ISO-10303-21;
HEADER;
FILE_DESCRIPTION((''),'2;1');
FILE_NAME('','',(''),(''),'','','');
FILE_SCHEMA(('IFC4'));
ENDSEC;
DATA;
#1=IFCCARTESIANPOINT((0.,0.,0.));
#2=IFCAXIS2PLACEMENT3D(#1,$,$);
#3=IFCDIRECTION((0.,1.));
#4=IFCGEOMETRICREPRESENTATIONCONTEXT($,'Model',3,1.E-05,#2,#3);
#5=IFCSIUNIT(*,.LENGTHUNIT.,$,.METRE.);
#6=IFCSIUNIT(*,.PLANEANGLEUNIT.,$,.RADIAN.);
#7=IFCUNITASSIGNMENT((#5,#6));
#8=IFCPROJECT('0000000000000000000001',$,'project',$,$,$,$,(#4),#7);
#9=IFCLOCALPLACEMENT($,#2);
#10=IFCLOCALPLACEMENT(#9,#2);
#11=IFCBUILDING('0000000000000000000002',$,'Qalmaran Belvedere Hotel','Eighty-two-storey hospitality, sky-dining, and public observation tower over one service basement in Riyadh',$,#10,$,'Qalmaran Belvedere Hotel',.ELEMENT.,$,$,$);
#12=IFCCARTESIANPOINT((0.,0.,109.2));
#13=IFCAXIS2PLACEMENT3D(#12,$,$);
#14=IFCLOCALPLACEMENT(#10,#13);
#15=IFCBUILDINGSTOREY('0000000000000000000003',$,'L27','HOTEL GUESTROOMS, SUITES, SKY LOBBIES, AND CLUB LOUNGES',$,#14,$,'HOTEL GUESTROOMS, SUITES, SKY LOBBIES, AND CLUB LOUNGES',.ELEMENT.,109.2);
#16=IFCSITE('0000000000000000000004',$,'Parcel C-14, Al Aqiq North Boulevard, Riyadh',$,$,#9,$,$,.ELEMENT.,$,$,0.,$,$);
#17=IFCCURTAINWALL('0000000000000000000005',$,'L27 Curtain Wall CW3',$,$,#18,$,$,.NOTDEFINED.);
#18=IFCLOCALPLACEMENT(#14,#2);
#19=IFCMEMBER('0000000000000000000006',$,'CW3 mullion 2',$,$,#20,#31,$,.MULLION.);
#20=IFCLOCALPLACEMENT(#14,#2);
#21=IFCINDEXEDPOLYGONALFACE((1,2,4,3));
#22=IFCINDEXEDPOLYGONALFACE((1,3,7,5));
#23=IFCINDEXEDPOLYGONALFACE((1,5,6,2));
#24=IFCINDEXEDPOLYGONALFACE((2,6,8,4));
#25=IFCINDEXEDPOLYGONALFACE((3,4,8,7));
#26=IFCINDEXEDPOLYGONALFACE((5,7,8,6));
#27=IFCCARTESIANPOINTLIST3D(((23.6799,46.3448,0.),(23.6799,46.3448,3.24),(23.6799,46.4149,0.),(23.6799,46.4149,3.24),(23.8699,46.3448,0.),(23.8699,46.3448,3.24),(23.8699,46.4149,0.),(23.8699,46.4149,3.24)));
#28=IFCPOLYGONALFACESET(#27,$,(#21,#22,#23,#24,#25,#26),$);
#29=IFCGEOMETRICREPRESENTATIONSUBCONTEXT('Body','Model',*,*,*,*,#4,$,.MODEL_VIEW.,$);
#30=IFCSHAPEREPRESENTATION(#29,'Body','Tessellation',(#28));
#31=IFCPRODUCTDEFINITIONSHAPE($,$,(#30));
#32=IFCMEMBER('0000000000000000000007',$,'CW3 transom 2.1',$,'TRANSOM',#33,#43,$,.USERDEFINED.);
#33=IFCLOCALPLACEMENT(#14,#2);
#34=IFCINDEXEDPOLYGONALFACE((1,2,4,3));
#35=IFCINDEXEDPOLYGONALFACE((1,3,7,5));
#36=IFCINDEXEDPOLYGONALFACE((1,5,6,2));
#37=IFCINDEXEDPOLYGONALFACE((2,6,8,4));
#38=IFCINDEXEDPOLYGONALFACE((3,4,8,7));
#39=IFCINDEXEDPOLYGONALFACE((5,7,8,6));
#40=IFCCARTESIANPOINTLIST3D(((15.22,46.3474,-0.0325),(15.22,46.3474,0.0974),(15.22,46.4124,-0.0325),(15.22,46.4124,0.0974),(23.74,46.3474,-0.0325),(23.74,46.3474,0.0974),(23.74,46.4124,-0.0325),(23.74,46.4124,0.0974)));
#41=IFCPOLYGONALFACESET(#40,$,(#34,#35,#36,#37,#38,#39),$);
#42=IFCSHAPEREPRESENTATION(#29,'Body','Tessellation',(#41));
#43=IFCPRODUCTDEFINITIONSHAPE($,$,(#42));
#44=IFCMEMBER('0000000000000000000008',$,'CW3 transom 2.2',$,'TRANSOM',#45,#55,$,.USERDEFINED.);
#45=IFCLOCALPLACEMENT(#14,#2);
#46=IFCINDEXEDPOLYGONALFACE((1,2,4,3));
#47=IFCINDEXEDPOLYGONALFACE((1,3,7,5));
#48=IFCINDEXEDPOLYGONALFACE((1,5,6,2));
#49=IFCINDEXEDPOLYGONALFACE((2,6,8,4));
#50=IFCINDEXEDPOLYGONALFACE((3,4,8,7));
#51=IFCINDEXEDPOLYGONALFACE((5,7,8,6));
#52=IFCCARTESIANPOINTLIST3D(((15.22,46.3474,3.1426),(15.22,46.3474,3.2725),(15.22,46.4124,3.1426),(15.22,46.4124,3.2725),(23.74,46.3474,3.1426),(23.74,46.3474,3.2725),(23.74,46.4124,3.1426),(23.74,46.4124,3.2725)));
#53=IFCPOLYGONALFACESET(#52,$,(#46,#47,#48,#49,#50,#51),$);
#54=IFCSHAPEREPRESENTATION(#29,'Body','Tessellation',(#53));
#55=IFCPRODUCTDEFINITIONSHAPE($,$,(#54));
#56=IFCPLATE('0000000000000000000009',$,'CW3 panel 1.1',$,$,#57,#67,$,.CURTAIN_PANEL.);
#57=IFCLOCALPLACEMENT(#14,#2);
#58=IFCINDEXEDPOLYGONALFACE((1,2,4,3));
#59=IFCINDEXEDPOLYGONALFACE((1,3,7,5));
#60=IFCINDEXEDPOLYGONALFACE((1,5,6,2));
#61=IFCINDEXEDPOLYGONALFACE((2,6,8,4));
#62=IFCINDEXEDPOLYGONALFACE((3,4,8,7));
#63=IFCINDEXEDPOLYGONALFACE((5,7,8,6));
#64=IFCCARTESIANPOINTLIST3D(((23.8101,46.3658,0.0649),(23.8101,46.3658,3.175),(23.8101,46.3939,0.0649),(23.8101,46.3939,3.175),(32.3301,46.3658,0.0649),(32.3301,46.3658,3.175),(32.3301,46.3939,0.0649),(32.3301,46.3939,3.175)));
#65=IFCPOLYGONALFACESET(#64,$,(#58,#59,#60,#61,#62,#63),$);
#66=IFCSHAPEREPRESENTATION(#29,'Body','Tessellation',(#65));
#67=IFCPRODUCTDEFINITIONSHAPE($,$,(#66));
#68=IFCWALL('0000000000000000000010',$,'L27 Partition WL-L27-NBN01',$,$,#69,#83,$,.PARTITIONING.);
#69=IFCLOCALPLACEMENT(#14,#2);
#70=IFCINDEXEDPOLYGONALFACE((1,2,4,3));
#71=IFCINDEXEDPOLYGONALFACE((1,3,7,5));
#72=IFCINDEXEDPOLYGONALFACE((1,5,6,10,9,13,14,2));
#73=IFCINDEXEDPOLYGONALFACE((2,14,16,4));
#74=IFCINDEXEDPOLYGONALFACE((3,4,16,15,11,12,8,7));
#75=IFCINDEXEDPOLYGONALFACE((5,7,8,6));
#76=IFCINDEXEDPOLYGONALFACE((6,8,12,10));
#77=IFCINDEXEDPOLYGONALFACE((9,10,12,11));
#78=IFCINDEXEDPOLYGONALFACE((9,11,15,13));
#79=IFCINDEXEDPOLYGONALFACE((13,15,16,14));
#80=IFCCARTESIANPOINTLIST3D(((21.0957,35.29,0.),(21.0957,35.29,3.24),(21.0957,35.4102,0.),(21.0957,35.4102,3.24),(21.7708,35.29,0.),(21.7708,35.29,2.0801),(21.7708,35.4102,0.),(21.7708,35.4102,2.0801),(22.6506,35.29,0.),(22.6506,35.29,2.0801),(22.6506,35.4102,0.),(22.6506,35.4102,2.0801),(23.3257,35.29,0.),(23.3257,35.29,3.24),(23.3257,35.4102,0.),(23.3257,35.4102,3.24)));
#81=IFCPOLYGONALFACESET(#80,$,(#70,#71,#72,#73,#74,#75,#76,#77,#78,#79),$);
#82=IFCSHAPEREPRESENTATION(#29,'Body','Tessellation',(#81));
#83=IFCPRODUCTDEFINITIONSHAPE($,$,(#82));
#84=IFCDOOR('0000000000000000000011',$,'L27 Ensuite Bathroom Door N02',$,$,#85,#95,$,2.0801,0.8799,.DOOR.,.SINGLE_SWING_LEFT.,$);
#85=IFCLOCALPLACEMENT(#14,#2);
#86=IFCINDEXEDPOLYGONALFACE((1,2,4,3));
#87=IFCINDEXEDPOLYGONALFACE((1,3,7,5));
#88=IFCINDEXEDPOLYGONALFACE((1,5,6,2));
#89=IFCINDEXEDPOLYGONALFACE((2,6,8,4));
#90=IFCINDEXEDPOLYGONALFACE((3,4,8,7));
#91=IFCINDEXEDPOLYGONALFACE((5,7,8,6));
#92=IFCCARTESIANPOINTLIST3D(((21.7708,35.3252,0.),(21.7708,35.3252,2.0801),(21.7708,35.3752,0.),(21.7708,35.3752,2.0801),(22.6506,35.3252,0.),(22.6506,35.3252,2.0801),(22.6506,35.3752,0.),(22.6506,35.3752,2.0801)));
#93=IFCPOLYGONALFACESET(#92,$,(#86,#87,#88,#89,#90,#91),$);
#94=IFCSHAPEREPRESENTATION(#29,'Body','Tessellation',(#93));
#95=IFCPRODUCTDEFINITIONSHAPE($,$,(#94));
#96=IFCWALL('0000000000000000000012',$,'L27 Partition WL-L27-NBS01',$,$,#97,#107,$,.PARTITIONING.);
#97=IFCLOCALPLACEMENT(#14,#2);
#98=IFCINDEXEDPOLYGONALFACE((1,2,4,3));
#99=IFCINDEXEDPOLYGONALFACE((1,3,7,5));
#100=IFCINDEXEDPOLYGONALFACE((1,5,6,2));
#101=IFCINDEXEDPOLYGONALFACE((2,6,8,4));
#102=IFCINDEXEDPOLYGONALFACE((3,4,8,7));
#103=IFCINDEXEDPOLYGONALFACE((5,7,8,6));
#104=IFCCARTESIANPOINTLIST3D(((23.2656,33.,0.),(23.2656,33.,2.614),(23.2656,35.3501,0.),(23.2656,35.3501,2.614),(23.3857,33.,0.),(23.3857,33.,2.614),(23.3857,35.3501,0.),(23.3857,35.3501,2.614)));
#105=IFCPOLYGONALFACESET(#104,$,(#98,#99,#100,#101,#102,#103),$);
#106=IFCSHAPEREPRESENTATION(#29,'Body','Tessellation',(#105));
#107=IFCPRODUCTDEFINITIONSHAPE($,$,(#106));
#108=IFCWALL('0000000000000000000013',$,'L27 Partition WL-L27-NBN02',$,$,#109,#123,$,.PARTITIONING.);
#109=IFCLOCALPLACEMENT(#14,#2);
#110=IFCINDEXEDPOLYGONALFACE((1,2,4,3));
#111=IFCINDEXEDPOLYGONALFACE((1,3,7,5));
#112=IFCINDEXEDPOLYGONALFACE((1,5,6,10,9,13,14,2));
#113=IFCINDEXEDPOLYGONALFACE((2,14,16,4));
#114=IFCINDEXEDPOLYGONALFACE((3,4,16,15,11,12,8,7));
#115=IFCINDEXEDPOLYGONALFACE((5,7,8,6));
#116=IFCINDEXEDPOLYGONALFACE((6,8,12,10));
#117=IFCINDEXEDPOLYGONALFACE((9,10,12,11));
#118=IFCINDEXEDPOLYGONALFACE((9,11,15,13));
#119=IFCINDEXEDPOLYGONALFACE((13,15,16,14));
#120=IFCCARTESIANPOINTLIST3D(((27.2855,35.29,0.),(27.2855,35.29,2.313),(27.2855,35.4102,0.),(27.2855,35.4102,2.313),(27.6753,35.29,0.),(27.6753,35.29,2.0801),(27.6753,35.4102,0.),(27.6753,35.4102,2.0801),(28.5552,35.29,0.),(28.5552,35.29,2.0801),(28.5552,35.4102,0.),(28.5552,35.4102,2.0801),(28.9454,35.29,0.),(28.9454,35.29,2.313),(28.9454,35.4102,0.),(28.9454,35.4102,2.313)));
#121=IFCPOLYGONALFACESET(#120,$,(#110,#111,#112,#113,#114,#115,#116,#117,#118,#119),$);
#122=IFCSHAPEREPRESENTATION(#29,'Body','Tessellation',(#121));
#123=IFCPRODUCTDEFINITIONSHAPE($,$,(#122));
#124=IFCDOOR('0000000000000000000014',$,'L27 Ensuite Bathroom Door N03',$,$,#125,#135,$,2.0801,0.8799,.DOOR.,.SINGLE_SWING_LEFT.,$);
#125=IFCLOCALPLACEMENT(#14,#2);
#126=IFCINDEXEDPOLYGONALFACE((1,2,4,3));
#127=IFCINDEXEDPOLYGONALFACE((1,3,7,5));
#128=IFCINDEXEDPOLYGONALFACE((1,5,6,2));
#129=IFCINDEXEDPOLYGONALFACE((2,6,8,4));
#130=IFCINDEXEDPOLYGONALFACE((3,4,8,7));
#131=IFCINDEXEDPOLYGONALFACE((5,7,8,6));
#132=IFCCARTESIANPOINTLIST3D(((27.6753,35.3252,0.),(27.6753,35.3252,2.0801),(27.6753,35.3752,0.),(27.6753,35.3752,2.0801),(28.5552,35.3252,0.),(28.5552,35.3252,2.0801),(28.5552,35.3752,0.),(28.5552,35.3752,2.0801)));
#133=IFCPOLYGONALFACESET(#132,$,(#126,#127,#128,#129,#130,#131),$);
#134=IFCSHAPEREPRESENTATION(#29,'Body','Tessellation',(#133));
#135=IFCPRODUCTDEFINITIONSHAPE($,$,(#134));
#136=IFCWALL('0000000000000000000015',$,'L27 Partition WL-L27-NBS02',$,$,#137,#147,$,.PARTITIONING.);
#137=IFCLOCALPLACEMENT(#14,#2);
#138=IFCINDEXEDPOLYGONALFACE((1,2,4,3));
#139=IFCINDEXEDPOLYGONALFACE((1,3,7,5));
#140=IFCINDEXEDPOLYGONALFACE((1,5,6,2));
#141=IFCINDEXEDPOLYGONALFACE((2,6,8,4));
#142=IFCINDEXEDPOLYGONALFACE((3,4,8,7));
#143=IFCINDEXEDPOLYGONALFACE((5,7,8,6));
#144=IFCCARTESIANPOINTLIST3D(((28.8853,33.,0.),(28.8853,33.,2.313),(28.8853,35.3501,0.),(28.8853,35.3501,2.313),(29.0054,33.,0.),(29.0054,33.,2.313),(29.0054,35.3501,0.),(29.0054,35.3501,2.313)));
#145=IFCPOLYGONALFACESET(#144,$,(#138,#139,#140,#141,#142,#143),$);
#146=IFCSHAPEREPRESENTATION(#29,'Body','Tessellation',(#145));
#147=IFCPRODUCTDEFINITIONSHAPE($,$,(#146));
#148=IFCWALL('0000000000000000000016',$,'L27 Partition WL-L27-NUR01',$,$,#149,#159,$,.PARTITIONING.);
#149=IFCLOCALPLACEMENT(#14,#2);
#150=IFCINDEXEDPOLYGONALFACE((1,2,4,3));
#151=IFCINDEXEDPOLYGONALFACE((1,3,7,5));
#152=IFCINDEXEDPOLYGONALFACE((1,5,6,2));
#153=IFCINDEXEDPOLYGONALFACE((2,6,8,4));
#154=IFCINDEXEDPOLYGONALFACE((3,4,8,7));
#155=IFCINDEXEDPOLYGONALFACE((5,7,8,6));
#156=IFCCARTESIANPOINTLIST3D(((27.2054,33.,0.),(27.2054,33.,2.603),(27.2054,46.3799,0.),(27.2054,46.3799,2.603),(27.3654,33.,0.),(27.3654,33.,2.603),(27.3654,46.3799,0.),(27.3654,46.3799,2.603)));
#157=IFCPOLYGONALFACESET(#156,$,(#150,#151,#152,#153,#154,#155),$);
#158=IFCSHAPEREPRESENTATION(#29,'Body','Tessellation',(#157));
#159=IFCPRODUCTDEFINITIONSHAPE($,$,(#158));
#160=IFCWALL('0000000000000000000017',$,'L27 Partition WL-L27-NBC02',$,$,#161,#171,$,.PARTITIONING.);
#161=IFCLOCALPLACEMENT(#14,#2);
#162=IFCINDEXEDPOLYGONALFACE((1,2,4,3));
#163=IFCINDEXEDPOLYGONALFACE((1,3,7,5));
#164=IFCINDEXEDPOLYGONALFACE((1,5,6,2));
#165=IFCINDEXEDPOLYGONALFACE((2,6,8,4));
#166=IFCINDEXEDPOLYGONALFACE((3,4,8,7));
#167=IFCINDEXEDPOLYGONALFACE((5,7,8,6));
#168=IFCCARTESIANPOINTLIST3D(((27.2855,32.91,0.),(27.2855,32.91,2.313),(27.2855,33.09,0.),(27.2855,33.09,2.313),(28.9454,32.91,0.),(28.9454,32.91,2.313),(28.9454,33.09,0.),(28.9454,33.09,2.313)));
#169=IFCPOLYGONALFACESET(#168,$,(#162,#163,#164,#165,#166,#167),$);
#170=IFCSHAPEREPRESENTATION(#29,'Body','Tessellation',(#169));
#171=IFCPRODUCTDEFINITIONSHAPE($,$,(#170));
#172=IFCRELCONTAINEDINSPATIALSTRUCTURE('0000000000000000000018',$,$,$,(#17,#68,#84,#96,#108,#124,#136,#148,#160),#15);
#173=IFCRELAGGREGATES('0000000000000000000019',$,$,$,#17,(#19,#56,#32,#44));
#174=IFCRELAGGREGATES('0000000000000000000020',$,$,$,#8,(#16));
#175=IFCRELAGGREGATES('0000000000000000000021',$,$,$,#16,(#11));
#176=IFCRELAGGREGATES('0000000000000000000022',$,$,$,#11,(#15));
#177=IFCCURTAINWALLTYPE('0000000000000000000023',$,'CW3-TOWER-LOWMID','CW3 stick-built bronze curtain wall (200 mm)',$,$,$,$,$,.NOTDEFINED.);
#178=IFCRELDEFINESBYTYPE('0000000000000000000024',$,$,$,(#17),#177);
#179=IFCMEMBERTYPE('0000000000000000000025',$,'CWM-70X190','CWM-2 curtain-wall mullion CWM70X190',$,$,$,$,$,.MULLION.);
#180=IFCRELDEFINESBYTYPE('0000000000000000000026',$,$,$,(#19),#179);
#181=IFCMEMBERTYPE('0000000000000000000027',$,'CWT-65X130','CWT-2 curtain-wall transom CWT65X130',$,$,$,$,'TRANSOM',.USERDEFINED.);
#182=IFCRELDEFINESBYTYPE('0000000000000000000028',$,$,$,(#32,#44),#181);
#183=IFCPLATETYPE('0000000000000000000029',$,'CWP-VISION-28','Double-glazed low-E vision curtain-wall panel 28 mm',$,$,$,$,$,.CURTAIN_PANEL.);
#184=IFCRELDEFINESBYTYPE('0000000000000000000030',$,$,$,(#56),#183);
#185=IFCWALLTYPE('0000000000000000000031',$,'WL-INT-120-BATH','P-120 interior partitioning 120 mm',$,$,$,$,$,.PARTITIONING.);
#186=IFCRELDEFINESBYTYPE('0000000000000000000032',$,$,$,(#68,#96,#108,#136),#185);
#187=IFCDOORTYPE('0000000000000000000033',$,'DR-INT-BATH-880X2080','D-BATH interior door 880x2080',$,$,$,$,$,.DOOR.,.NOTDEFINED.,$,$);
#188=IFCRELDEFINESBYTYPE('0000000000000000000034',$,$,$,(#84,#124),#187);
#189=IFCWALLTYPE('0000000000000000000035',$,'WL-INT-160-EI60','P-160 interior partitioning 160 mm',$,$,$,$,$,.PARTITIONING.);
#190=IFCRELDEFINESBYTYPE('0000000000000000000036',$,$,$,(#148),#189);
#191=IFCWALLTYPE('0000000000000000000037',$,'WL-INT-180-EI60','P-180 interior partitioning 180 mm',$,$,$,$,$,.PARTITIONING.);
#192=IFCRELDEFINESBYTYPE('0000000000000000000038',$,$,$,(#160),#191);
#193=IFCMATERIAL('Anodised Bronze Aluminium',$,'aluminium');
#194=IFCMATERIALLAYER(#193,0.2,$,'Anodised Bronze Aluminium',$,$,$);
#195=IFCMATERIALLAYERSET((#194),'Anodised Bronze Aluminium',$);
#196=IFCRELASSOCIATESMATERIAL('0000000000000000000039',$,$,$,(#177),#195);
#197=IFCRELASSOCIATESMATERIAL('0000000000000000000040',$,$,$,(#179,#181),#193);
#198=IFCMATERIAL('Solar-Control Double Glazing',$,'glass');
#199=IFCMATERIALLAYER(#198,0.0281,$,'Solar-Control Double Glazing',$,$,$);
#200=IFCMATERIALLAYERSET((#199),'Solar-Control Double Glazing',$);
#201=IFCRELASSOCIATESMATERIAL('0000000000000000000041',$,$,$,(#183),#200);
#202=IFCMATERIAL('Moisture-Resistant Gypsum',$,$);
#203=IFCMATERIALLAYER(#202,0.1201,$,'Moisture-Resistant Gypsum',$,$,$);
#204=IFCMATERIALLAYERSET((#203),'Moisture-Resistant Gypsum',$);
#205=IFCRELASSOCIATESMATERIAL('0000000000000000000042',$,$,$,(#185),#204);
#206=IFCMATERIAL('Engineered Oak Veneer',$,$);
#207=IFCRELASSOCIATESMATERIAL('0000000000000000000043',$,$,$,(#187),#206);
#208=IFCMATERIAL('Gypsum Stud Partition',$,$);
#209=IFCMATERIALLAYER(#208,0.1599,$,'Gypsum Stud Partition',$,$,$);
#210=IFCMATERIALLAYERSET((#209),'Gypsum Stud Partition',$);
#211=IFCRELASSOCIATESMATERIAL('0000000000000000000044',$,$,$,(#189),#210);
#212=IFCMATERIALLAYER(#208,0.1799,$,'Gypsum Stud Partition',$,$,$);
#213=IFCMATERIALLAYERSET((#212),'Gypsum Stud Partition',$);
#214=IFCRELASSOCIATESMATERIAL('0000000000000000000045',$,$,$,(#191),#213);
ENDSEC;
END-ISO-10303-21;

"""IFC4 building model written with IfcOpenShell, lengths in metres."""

from ifc_helpers import new_model, si_unit, direction, frame, frame_2d, origin, origin_2d, place, context, subcontext, project, spatial, rectangle, extrude, material, layer, layer_set, material_profile, profile_set, type_object, element, fill, aggregate, save


model = new_model("IFC4")

# Units and contexts
model_context = context("Model", 3, precision=1e-05, world=origin(), true_north=direction((0.0, 1.0)))
body_context = subcontext(model_context, "Body", "Model", "MODEL_VIEW")
ifc_project = project(units=[si_unit("LENGTHUNIT", "METRE"), si_unit("PLANEANGLEUNIT", "RADIAN")], contexts=[model_context])

# Site, building, storey
site_placement = place(None, origin())
site = spatial("IfcSite", under=ifc_project, at=site_placement, Name="Parcel C-14, Al Aqiq North Boulevard, Riyadh", CompositionType="ELEMENT", RefElevation=0.0)
building_placement = place(site_placement, origin())
building = spatial("IfcBuilding", under=site, at=building_placement, Name="Qalmaran Belvedere Hotel", Description="Eighty-two-storey hospitality, sky-dining, and public observation tower over one service basement in Riyadh", LongName="Qalmaran Belvedere Hotel", CompositionType="ELEMENT")
storey_placement = place(building_placement, frame((0.0, 0.0, 109.2)))
storey = spatial("IfcBuildingStorey", under=building, at=storey_placement, Name="L27", Description="HOTEL GUESTROOMS, SUITES, SKY LOBBIES, AND CLUB LOUNGES", LongName="HOTEL GUESTROOMS, SUITES, SKY LOBBIES, AND CLUB LOUNGES", CompositionType="ELEMENT", Elevation=109.2)

# Curtain wall, members, plate
ifc_material_1 = material(Name="Anodised Bronze Aluminium", Category="aluminium")
ifc_layer_1 = layer(ifc_material_1, 0.2, Name="Anodised Bronze Aluminium")
ifc_layer_set_1 = layer_set([ifc_layer_1], Name="Anodised Bronze Aluminium")
curtain_wall_type = type_object("IfcCurtainWallType", Name="CW3-TOWER-LOWMID", Description="CW3 stick-built bronze curtain wall (200 mm)", PredefinedType="NOTDEFINED", material=ifc_layer_set_1)
curtain_wall_placement = place(storey_placement, origin())
curtain_wall = element("IfcCurtainWall", 1, at=curtain_wall_placement, inside=storey, type_object=curtain_wall_type, Name="L27 Curtain Wall CW3", PredefinedType="NOTDEFINED")
ifc_material_profile_1 = material_profile(ifc_material_1, rectangle(XDim=0.0701, YDim=0.1899, at=origin_2d()), Name="CWM70X190")
ifc_profile_set_1 = profile_set([ifc_material_profile_1], Name="Anodised Bronze Aluminium")
member_type_1 = type_object("IfcMemberType", Name="CWM-70X190", Description="CWM-2 curtain-wall mullion CWM70X190", PredefinedType="MULLION", material=ifc_profile_set_1)
member_1_placement = place(storey_placement, frame((23.7749, 46.3799, 0.0), z_axis=(0.0, 0.0, 1.0), x_axis=(0.0, -1.0, 0.0)))
member_1 = element("IfcMember", 2, at=member_1_placement, type_object=member_type_1, Name="CW3 mullion 2", PredefinedType="MULLION", context=body_context, shape_type="SweptSolid", body=[
    extrude(rectangle(XDim=0.0701, YDim=0.1899, at=origin_2d()), origin(), (0.0, 0.0, 1.0), 3.24),
])
ifc_material_profile_2 = material_profile(ifc_material_1, rectangle(XDim=0.0649, YDim=0.1299, at=origin_2d()), Name="CWT65X130")
ifc_profile_set_2 = profile_set([ifc_material_profile_2], Name="Anodised Bronze Aluminium")
member_type_2 = type_object("IfcMemberType", Name="CWT-65X130", Description="CWT-2 curtain-wall transom CWT65X130", ElementType="TRANSOM", PredefinedType="USERDEFINED", material=ifc_profile_set_2)
member_2_placement = place(storey_placement, frame((23.74, 46.3799, 0.0325), z_axis=(-1.0, 0.0, 0.0), x_axis=(0.0, -1.0, 0.0)))
member_2 = element("IfcMember", 3, at=member_2_placement, type_object=member_type_2, Name="CW3 transom 2.1", ObjectType="TRANSOM", PredefinedType="USERDEFINED", context=body_context, shape_type="SweptSolid", body=[
    extrude(rectangle(XDim=0.0649, YDim=0.1299, at=origin_2d()), origin(), (0.0, 0.0, 1.0), 8.52),
])
member_3_placement = place(storey_placement, frame((23.74, 46.3799, 3.2075), z_axis=(-1.0, 0.0, 0.0), x_axis=(0.0, -1.0, 0.0)))
member_3 = element("IfcMember", 4, at=member_3_placement, type_object=member_type_2, Name="CW3 transom 2.2", ObjectType="TRANSOM", PredefinedType="USERDEFINED", context=body_context, shape_type="SweptSolid", body=[
    extrude(rectangle(XDim=0.0649, YDim=0.1299, at=origin_2d()), origin(), (0.0, 0.0, 1.0), 8.52),
])
ifc_material_2 = material(Name="Solar-Control Double Glazing", Category="glass")
ifc_layer_2 = layer(ifc_material_2, 0.0281, Name="Solar-Control Double Glazing")
ifc_layer_set_2 = layer_set([ifc_layer_2], Name="Solar-Control Double Glazing")
plate_type = type_object("IfcPlateType", Name="CWP-VISION-28", Description="Double-glazed low-E vision curtain-wall panel 28 mm", PredefinedType="CURTAIN_PANEL", material=ifc_layer_set_2)
plate_placement = place(storey_placement, frame((28.0701, 46.3799, 0.0649), z_axis=(0.0, 0.0, 1.0), x_axis=(-1.0, 0.0, 0.0)))
plate = element("IfcPlate", 5, at=plate_placement, type_object=plate_type, Name="CW3 panel 1.1", PredefinedType="CURTAIN_PANEL", context=body_context, shape_type="SweptSolid", body=[
    extrude(rectangle(XDim=8.52, YDim=0.0281, at=origin_2d()), origin(), (0.0, 0.0, 1.0), 3.1101),
])
aggregate(curtain_wall, [member_1, plate, member_2, member_3])

# Wall, opening, door
ifc_material_3 = material(Name="Moisture-Resistant Gypsum")
ifc_layer_3 = layer(ifc_material_3, 0.1201, Name="Moisture-Resistant Gypsum")
ifc_layer_set_3 = layer_set([ifc_layer_3], Name="Moisture-Resistant Gypsum")
wall_type_1 = type_object("IfcWallType", Name="WL-INT-120-BATH", Description="P-120 interior partitioning 120 mm", PredefinedType="PARTITIONING", material=ifc_layer_set_3)
wall_1_placement = place(storey_placement, frame((21.0957, 35.3501, 0.0), z_axis=(0.0, 0.0, 1.0), x_axis=(1.0, 0.0, 0.0)))
wall_1 = element("IfcWall", 6, at=wall_1_placement, inside=storey, type_object=wall_type_1, Name="L27 Partition WL-L27-NBN01", PredefinedType="PARTITIONING", context=body_context, shape_type="SweptSolid", body=[
    extrude(rectangle(XDim=2.23, YDim=0.1201, at=frame_2d((1.115, 0.0))), origin(), (0.0, 0.0, 1.0), 3.24),
])
opening_1_placement = place(wall_1_placement, frame((1.5549, 0.0, 0.0), z_axis=(0.0, 0.0, 1.0), x_axis=(-1.0, 0.0, 0.0)))
opening_1 = element("IfcOpeningElement", 7, at=opening_1_placement, cuts=wall_1, PredefinedType="OPENING", context=body_context, shape_type="SweptSolid", body=[
    extrude(rectangle(XDim=0.8799, YDim=2.0801, at=frame_2d((0.4399, 1.04))), frame((0.0, 0.0701, 0.0), z_axis=(0.0, -1.0, 0.0), x_axis=(1.0, 0.0, 0.0)), (0.0, 0.0, 1.0), 0.1401),
])
ifc_material_4 = material(Name="Engineered Oak Veneer")
door_type_1 = type_object("IfcDoorType", Name="DR-INT-BATH-880X2080", Description="D-BATH interior door 880x2080", OperationType="NOTDEFINED", PredefinedType="DOOR", material=ifc_material_4)
door_1_placement = place(opening_1_placement, origin())
door_1 = element("IfcDoor", 8, at=door_1_placement, inside=storey, type_object=door_type_1, Name="L27 Ensuite Bathroom Door N02", OperationType="SINGLE_SWING_LEFT", OverallHeight=2.0801, OverallWidth=0.8799, PredefinedType="DOOR", context=body_context, shape_type="SweptSolid", body=[
    extrude(rectangle(XDim=0.8799, YDim=2.0801, at=frame_2d((0.4399, 1.04))), frame((0.0, 0.0249, 0.0), z_axis=(0.0, -1.0, 0.0), x_axis=(1.0, 0.0, 0.0)), (0.0, 0.0, 1.0), 0.05),
])
fill(opening_1, door_1)

# Wall
wall_2_placement = place(storey_placement, frame((23.3257, 33.0, 0.0), z_axis=(0.0, 0.0, 1.0), x_axis=(0.0, 1.0, 0.0)))
element("IfcWall", 9, at=wall_2_placement, inside=storey, type_object=wall_type_1, Name="L27 Partition WL-L27-NBS01", PredefinedType="PARTITIONING", context=body_context, shape_type="SweptSolid", body=[
    extrude(rectangle(XDim=2.3501, YDim=0.1201, at=frame_2d((1.175, 0.0))), origin(), (0.0, 0.0, 1.0), 2.614),
])

# Wall, opening, door
wall_3_placement = place(storey_placement, frame((27.2854, 35.3501, 0.0), z_axis=(0.0, 0.0, 1.0), x_axis=(1.0, 0.0, 0.0)))
wall_3 = element("IfcWall", 10, at=wall_3_placement, inside=storey, type_object=wall_type_1, Name="L27 Partition WL-L27-NBN02", PredefinedType="PARTITIONING", context=body_context, shape_type="SweptSolid", body=[
    extrude(rectangle(XDim=1.6599, YDim=0.1201, at=frame_2d((0.8301, 0.0))), origin(), (0.0, 0.0, 1.0), 2.313),
])
opening_2_placement = place(wall_3_placement, frame((1.2698, 0.0, 0.0), z_axis=(0.0, 0.0, 1.0), x_axis=(-1.0, 0.0, 0.0)))
opening_2 = element("IfcOpeningElement", 11, at=opening_2_placement, cuts=wall_3, PredefinedType="OPENING", context=body_context, shape_type="SweptSolid", body=[
    extrude(rectangle(XDim=0.8799, YDim=2.0801, at=frame_2d((0.4399, 1.04))), frame((0.0, 0.0701, 0.0), z_axis=(0.0, -1.0, 0.0), x_axis=(1.0, 0.0, 0.0)), (0.0, 0.0, 1.0), 0.1401),
])
door_2_placement = place(opening_2_placement, origin())
door_2 = element("IfcDoor", 12, at=door_2_placement, inside=storey, type_object=door_type_1, Name="L27 Ensuite Bathroom Door N03", OperationType="SINGLE_SWING_LEFT", OverallHeight=2.0801, OverallWidth=0.8799, PredefinedType="DOOR", context=body_context, shape_type="SweptSolid", body=[
    extrude(rectangle(XDim=0.8799, YDim=2.0801, at=frame_2d((0.4399, 1.04))), frame((0.0, 0.0249, 0.0), z_axis=(0.0, -1.0, 0.0), x_axis=(1.0, 0.0, 0.0)), (0.0, 0.0, 1.0), 0.05),
])
fill(opening_2, door_2)

# Walls
wall_4_placement = place(storey_placement, frame((28.9453, 33.0, 0.0), z_axis=(0.0, 0.0, 1.0), x_axis=(0.0, 1.0, 0.0)))
element("IfcWall", 13, at=wall_4_placement, inside=storey, type_object=wall_type_1, Name="L27 Partition WL-L27-NBS02", PredefinedType="PARTITIONING", context=body_context, shape_type="SweptSolid", body=[
    extrude(rectangle(XDim=2.3501, YDim=0.1201, at=frame_2d((1.175, 0.0))), origin(), (0.0, 0.0, 1.0), 2.313),
])
ifc_material_5 = material(Name="Gypsum Stud Partition")
ifc_layer_4 = layer(ifc_material_5, 0.1599, Name="Gypsum Stud Partition")
ifc_layer_set_4 = layer_set([ifc_layer_4], Name="Gypsum Stud Partition")
wall_type_2 = type_object("IfcWallType", Name="WL-INT-160-EI60", Description="P-160 interior partitioning 160 mm", PredefinedType="PARTITIONING", material=ifc_layer_set_4)
wall_5_placement = place(storey_placement, frame((27.2854, 33.0, 0.0), z_axis=(0.0, 0.0, 1.0), x_axis=(0.0, 1.0, 0.0)))
element("IfcWall", 14, at=wall_5_placement, inside=storey, type_object=wall_type_2, Name="L27 Partition WL-L27-NUR01", PredefinedType="PARTITIONING", context=body_context, shape_type="SweptSolid", body=[
    extrude(rectangle(XDim=13.3799, YDim=0.1599, at=frame_2d((6.6899, 0.0))), origin(), (0.0, 0.0, 1.0), 2.603),
])

# Shared definitions
ifc_layer_5 = layer(ifc_material_5, 0.1799, Name="Gypsum Stud Partition")
ifc_layer_set_5 = layer_set([ifc_layer_5], Name="Gypsum Stud Partition")
wall_type_3 = type_object("IfcWallType", Name="WL-INT-180-EI60", Description="P-180 interior partitioning 180 mm", PredefinedType="PARTITIONING", material=ifc_layer_set_5)

# Wall
wall_6_placement = place(storey_placement, frame((27.2854, 33.0, 0.0), z_axis=(0.0, 0.0, 1.0), x_axis=(1.0, 0.0, 0.0)))
element("IfcWall", 15, at=wall_6_placement, inside=storey, type_object=wall_type_3, Name="L27 Partition WL-L27-NBC02", PredefinedType="PARTITIONING", context=body_context, shape_type="SweptSolid", body=[
    extrude(rectangle(XDim=1.6599, YDim=0.1799, at=frame_2d((0.8301, 0.0))), origin(), (0.0, 0.0, 1.0), 2.313),
])

save(model, "model.ifc")
